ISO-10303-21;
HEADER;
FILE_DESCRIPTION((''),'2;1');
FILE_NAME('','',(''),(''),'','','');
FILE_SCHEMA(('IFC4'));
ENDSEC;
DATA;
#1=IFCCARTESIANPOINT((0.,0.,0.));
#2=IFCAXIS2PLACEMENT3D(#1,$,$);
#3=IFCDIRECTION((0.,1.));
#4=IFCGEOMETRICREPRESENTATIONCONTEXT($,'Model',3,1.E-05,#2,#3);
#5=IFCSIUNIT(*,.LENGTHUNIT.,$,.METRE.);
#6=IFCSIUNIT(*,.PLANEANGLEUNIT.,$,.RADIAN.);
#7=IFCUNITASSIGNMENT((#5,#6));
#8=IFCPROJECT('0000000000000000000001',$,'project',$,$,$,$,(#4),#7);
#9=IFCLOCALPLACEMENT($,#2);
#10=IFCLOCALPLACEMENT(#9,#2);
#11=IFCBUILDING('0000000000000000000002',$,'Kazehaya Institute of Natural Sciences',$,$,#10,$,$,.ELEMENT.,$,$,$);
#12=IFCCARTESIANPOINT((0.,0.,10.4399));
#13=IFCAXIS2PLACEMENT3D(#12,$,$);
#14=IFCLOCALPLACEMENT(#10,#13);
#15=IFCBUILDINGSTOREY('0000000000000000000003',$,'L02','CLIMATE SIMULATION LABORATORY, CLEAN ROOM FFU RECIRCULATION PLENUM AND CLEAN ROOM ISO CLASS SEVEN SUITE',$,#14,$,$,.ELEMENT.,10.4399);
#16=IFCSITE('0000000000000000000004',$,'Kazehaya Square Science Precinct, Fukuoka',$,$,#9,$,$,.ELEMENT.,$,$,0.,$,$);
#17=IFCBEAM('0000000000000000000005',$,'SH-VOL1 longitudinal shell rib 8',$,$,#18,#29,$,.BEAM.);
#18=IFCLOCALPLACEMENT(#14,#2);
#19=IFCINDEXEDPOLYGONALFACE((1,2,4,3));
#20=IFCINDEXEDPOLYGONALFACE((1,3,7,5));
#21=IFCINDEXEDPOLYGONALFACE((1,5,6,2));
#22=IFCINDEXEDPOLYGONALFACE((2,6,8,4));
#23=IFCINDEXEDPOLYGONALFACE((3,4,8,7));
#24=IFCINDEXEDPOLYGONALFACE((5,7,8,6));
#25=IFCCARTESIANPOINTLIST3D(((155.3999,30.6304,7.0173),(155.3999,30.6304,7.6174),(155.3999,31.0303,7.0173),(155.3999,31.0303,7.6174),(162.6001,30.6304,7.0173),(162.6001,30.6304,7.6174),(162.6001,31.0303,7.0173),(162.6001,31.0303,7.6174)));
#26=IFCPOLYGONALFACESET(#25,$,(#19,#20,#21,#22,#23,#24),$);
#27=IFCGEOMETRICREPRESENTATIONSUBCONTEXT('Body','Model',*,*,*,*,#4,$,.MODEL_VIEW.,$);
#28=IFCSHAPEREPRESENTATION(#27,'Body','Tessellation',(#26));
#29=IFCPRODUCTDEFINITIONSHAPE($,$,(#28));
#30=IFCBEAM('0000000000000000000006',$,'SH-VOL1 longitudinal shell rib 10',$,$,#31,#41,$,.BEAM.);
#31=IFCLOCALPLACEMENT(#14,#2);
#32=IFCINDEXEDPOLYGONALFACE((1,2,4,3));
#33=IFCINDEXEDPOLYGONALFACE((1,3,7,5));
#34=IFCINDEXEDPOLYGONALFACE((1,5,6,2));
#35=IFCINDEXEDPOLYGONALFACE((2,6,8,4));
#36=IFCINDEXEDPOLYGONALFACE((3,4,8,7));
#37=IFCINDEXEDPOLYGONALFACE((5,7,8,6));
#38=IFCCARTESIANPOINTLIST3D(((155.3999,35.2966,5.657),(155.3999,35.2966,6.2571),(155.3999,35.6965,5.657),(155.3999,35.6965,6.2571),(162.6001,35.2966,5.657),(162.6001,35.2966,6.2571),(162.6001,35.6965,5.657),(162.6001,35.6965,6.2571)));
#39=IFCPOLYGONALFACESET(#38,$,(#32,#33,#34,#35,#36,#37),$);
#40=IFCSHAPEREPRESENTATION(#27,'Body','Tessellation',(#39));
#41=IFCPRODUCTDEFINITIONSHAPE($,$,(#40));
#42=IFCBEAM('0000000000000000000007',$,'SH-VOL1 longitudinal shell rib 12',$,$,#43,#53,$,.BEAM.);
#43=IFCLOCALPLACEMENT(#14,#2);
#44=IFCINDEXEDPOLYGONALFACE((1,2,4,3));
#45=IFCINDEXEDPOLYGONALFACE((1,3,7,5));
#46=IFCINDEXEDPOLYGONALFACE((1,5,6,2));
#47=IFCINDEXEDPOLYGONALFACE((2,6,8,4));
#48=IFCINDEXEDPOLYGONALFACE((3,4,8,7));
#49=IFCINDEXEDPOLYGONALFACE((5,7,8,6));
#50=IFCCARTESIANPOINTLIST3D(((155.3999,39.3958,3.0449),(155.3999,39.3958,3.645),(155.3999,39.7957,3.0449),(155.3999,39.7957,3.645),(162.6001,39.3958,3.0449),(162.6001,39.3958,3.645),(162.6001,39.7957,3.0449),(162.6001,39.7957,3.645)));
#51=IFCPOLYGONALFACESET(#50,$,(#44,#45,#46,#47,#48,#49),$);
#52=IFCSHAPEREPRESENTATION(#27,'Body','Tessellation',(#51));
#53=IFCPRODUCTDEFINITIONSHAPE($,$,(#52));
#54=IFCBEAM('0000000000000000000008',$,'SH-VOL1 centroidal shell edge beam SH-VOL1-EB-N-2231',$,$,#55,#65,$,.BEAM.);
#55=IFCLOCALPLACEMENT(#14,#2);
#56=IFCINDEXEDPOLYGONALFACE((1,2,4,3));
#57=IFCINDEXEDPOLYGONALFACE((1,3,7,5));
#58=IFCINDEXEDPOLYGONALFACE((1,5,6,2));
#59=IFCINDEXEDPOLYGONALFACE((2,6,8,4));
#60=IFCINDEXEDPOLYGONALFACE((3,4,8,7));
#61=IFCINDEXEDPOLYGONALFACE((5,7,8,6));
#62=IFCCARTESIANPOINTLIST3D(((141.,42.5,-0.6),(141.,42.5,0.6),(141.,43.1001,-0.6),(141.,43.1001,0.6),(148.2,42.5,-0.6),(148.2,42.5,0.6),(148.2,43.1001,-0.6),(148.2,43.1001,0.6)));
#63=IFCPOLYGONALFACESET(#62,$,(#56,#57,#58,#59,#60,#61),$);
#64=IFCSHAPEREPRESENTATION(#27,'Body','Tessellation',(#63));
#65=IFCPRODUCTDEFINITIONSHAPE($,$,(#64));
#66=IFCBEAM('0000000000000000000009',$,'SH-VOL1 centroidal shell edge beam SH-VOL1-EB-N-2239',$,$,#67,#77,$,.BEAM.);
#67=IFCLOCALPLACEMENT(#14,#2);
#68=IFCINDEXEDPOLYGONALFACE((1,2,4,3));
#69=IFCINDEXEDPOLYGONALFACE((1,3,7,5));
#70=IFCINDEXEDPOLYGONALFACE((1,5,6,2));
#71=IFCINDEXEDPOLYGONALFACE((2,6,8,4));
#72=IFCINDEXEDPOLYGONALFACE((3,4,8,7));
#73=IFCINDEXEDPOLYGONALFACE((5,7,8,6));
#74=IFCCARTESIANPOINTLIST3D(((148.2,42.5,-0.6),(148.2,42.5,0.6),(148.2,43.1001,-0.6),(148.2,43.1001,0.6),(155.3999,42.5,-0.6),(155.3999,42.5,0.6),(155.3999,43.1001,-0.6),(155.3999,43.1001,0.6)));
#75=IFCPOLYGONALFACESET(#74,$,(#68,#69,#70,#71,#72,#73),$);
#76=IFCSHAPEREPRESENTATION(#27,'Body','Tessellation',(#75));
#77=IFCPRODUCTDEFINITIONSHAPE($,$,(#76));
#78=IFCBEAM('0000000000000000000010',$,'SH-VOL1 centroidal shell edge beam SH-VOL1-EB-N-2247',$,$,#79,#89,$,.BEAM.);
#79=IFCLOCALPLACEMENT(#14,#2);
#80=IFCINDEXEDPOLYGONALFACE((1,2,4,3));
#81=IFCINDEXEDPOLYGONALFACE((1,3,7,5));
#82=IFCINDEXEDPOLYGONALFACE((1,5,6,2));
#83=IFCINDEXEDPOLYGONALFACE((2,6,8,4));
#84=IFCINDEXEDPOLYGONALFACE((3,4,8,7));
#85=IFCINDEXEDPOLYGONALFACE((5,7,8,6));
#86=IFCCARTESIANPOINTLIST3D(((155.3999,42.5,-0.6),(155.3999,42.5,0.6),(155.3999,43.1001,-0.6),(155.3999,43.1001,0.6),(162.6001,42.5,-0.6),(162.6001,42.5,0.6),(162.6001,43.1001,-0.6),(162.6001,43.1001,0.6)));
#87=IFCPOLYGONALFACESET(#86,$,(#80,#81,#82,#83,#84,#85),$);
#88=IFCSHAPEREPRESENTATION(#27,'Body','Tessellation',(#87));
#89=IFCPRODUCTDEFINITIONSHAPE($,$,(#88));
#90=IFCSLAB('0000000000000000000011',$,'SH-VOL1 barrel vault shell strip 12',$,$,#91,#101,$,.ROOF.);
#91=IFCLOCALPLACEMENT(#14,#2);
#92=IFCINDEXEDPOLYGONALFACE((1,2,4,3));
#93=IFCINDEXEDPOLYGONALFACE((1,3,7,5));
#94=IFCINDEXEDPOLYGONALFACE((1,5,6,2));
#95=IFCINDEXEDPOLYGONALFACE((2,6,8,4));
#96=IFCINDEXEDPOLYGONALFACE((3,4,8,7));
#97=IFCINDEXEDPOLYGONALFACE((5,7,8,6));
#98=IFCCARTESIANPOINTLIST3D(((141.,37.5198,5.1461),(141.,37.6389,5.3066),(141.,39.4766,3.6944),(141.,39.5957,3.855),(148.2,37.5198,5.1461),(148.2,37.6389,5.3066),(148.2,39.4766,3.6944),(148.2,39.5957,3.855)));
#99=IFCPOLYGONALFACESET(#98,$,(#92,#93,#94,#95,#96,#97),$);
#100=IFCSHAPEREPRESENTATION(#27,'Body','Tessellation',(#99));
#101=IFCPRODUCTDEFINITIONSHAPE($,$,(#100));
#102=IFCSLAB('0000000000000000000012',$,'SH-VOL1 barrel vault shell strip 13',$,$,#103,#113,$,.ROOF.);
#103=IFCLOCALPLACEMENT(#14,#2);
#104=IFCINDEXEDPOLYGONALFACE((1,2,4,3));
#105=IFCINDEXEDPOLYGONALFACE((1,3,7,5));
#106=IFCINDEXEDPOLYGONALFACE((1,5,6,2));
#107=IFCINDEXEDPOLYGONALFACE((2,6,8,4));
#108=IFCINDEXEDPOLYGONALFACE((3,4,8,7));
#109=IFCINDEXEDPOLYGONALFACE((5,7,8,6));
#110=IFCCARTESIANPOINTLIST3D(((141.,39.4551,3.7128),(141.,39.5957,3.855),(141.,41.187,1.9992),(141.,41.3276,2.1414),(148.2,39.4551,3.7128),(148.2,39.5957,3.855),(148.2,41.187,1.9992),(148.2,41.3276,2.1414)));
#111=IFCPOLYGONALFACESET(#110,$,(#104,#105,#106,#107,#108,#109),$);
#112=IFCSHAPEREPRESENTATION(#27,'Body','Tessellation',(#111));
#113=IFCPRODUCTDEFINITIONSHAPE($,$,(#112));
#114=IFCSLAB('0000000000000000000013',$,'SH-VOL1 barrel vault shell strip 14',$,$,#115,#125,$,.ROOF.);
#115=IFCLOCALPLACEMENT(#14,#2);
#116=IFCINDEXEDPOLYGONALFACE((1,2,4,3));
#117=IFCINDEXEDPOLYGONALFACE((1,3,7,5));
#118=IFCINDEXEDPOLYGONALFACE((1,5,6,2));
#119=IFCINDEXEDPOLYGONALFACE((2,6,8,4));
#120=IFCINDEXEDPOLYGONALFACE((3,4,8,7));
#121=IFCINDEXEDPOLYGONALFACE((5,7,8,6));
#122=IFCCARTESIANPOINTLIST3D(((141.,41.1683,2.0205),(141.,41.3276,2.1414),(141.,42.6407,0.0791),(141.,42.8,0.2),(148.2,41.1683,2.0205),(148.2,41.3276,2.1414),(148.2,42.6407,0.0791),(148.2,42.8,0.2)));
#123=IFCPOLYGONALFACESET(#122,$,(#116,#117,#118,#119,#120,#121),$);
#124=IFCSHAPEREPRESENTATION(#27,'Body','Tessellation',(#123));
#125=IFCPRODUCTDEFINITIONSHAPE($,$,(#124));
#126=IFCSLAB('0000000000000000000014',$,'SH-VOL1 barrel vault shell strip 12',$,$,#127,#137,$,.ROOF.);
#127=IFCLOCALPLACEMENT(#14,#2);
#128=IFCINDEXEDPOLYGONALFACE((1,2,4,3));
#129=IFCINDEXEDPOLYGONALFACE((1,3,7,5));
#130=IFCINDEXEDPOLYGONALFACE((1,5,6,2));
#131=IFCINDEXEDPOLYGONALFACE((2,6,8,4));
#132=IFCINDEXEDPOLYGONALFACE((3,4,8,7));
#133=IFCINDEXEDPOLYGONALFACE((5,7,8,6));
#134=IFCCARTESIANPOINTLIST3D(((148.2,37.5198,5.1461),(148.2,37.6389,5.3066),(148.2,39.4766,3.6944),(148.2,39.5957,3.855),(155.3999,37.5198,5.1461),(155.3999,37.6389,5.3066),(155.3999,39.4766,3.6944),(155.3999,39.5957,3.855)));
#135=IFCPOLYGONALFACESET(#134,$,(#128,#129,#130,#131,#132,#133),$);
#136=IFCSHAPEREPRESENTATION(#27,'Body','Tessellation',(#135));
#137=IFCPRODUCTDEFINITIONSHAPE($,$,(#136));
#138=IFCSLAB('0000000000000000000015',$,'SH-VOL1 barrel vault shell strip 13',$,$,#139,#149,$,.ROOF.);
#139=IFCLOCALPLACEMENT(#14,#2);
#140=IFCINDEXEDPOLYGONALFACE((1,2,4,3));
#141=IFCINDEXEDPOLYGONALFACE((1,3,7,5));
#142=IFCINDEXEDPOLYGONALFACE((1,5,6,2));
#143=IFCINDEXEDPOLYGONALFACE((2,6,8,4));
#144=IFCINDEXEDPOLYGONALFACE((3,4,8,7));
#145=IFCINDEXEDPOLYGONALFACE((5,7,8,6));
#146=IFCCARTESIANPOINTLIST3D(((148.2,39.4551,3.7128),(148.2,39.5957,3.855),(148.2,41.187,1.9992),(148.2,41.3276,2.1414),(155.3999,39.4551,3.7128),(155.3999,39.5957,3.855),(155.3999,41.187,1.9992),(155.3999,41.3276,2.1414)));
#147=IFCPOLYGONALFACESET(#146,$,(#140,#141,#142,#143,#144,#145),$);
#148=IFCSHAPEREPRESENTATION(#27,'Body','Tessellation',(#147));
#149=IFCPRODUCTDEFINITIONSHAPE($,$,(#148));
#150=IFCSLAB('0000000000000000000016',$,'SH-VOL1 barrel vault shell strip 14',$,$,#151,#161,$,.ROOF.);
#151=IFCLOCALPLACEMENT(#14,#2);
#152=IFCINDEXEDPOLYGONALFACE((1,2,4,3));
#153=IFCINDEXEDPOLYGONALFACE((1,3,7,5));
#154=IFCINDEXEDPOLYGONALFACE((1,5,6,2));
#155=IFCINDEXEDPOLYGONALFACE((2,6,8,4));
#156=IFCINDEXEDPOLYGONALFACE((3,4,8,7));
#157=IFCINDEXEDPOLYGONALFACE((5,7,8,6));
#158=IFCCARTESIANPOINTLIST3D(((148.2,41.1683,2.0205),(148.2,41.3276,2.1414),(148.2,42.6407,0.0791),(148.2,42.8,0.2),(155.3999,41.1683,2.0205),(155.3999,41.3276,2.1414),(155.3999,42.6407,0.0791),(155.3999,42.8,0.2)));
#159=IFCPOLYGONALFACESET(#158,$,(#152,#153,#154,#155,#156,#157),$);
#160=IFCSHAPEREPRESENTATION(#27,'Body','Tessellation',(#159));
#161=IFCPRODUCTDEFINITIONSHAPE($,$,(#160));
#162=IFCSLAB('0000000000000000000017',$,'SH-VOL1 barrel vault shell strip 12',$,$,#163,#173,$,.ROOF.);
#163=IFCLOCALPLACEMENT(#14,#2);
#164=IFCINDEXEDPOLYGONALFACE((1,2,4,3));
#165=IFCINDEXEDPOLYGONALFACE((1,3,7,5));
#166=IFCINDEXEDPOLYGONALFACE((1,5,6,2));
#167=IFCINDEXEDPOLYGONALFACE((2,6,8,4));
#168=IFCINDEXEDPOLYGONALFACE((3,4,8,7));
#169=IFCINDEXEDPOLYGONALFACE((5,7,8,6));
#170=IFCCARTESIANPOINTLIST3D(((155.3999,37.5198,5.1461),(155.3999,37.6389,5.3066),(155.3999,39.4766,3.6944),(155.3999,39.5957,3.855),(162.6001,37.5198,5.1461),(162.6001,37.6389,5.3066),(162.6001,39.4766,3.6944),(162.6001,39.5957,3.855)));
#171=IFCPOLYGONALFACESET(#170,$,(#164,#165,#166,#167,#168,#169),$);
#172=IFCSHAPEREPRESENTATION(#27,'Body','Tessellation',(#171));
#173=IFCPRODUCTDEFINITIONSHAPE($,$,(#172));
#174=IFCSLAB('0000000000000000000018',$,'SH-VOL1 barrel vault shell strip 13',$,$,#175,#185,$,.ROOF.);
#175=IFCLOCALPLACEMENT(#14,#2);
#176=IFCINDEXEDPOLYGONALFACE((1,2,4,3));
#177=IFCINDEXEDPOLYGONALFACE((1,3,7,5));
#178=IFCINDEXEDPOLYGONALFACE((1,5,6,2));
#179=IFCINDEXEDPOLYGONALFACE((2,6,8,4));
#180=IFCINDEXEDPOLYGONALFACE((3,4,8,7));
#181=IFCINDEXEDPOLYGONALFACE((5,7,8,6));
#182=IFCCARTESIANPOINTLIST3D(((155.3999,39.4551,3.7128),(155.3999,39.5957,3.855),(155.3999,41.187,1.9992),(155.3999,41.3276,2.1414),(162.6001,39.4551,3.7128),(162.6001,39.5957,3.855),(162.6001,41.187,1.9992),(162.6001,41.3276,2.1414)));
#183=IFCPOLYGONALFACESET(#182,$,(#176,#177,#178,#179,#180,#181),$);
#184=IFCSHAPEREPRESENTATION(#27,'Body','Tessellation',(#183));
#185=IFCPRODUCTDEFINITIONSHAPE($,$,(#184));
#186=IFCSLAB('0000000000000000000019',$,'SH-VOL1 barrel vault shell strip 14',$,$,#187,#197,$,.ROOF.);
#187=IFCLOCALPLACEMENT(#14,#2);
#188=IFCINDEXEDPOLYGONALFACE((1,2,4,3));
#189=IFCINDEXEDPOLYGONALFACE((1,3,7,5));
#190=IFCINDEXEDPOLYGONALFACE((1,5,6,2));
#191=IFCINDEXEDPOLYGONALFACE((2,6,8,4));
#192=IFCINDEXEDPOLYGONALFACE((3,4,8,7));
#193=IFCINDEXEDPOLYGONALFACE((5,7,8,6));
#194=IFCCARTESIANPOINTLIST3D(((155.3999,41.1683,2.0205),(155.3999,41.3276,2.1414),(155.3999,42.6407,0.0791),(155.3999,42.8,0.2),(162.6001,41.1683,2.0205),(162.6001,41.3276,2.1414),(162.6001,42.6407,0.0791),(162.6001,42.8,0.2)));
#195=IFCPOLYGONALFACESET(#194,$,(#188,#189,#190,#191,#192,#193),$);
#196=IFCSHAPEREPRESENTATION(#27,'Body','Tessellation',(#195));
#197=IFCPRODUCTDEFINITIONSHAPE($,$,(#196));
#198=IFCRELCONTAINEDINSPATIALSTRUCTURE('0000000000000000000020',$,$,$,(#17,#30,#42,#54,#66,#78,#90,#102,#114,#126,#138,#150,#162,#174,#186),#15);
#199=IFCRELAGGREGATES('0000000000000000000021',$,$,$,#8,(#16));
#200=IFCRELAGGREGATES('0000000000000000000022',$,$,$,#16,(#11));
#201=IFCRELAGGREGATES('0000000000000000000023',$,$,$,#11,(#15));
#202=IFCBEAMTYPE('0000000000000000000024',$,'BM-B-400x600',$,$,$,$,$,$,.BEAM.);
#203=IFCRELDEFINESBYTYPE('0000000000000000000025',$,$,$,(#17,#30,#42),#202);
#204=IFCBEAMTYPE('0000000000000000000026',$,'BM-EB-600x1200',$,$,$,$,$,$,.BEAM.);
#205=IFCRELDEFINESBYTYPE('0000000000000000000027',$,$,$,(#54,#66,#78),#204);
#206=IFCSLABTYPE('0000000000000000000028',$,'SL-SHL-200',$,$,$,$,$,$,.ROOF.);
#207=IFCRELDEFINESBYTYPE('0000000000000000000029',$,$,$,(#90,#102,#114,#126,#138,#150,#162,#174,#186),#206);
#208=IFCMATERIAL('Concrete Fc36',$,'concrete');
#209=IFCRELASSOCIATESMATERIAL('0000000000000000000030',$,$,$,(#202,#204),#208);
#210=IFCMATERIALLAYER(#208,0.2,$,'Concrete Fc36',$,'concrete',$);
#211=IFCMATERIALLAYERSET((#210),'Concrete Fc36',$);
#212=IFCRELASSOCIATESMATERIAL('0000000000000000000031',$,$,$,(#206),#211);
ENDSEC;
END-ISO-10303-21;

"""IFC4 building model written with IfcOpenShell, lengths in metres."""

from ifc_helpers import new_model, si_unit, direction, frame, origin, origin_2d, place, context, subcontext, project, spatial, polyline, rectangle, outline, extrude, material, layer, layer_set, material_profile, profile_set, type_object, element, save


model = new_model("IFC4")

# Units and contexts
model_context = context("Model", 3, precision=1e-05, world=origin(), true_north=direction((0.0, 1.0)))
body_context = subcontext(model_context, "Body", "Model", "MODEL_VIEW")
ifc_project = project(units=[si_unit("LENGTHUNIT", "METRE"), si_unit("PLANEANGLEUNIT", "RADIAN")], contexts=[model_context])

# Site, building, storey
site_placement = place(None, origin())
site = spatial("IfcSite", under=ifc_project, at=site_placement, Name="Kazehaya Square Science Precinct, Fukuoka", CompositionType="ELEMENT", RefElevation=0.0)
building_placement = place(site_placement, origin())
building = spatial("IfcBuilding", under=site, at=building_placement, Name="Kazehaya Institute of Natural Sciences", CompositionType="ELEMENT")
storey_placement = place(building_placement, frame((0.0, 0.0, 10.4399)))
storey = spatial("IfcBuildingStorey", under=building, at=storey_placement, Name="L02", Description="CLIMATE SIMULATION LABORATORY, CLEAN ROOM FFU RECIRCULATION PLENUM AND CLEAN ROOM ISO CLASS SEVEN SUITE", CompositionType="ELEMENT", Elevation=10.4399)

# Beams
ifc_material = material(Name="Concrete Fc36", Category="concrete")
ifc_material_profile_1 = material_profile(ifc_material, rectangle(XDim=0.3999, YDim=0.6001, at=origin_2d()), Name="RC-400x600")
ifc_profile_set_1 = profile_set([ifc_material_profile_1], Name="Concrete Fc36")
beam_type_1 = type_object("IfcBeamType", Name="BM-B-400x600", PredefinedType="BEAM", material=ifc_profile_set_1)
for number, where, z_axis, x_axis, name in (
    (1, (155.3999, 30.8303, 7.3174), (1.0, 0.0, 0.0), (0.0, 1.0, 0.0), "SH-VOL1 longitudinal shell rib 8"),
    (2, (155.3999, 35.4966, 5.957), (1.0, 0.0, 0.0), (0.0, 1.0, 0.0), "SH-VOL1 longitudinal shell rib 10"),
    (3, (155.3999, 39.5957, 3.345), (1.0, 0.0, 0.0), (0.0, 1.0, 0.0), "SH-VOL1 longitudinal shell rib 12"),
):
    element("IfcBeam", number, at=place(storey_placement, frame(where, z_axis=z_axis, x_axis=x_axis)), inside=storey, type_object=beam_type_1, Name=name, PredefinedType="BEAM", context=body_context, shape_type="SweptSolid", body=[
        extrude(rectangle(XDim=0.3999, YDim=0.6001, at=origin_2d()), origin(), (0.0, 0.0, 1.0), 7.2002),
    ])
ifc_material_profile_2 = material_profile(ifc_material, rectangle(XDim=0.6001, YDim=1.2, at=origin_2d()), Name="RC-600x1200")
ifc_profile_set_2 = profile_set([ifc_material_profile_2], Name="Concrete Fc36")
beam_type_2 = type_object("IfcBeamType", Name="BM-EB-600x1200", PredefinedType="BEAM", material=ifc_profile_set_2)
for number, where, z_axis, x_axis, name in (
    (4, (141.0, 42.8, 0.0), (1.0, 0.0, 0.0), (0.0, 1.0, 0.0), "SH-VOL1 centroidal shell edge beam SH-VOL1-EB-N-2231"),
    (5, (148.2, 42.8, 0.0), (1.0, 0.0, 0.0), (0.0, 1.0, 0.0), "SH-VOL1 centroidal shell edge beam SH-VOL1-EB-N-2239"),
):
    element("IfcBeam", number, at=place(storey_placement, frame(where, z_axis=z_axis, x_axis=x_axis)), inside=storey, type_object=beam_type_2, Name=name, PredefinedType="BEAM", context=body_context, shape_type="SweptSolid", body=[
        extrude(rectangle(XDim=0.6001, YDim=1.2, at=origin_2d()), origin(), (0.0, 0.0, 1.0), 7.2),
    ])
beam_1_placement = place(storey_placement, frame((155.3999, 42.8, 0.0), z_axis=(1.0, 0.0, 0.0), x_axis=(0.0, 1.0, 0.0)))
element("IfcBeam", 6, at=beam_1_placement, inside=storey, type_object=beam_type_2, Name="SH-VOL1 centroidal shell edge beam SH-VOL1-EB-N-2247", PredefinedType="BEAM", context=body_context, shape_type="SweptSolid", body=[
    extrude(rectangle(XDim=0.6001, YDim=1.2, at=origin_2d()), origin(), (0.0, 0.0, 1.0), 7.2002),
])

# Slabs
ifc_layer = layer(ifc_material, 0.2, Name="Concrete Fc36", Category="concrete")
ifc_layer_set = layer_set([ifc_layer], Name="Concrete Fc36")
slab_type = type_object("IfcSlabType", Name="SL-SHL-200", PredefinedType="ROOF", material=ifc_layer_set)
slab_1_placement = place(storey_placement, frame((141.0, 37.6389, 5.3066), z_axis=(0.0, 0.595807, 0.803127), x_axis=(1.0, 0.0, 0.0)))
element("IfcSlab", 7, at=slab_1_placement, inside=storey, type_object=slab_type, Name="SH-VOL1 barrel vault shell strip 12", PredefinedType="ROOF", context=body_context, shape_type="SweptSolid", body=[
    extrude(outline(polyline([(0.0, 0.0), (7.2, 0.0), (7.2, 2.4365), (0.0, 2.4365), (0.0, 0.0)])), origin(), (0.0, 0.0, -1.0), 0.2),
])
slab_2_placement = place(storey_placement, frame((141.0, 39.5957, 3.855), z_axis=(0.0, 0.703339, 0.710854), x_axis=(1.0, 0.0, 0.0)))
element("IfcSlab", 8, at=slab_2_placement, inside=storey, type_object=slab_type, Name="SH-VOL1 barrel vault shell strip 13", PredefinedType="ROOF", context=body_context, shape_type="SweptSolid", body=[
    extrude(outline(polyline([(0.0, 0.0), (7.2, 0.0), (7.2, 2.4364), (0.0, 2.4364), (0.0, 0.0)])), origin(), (0.0, 0.0, -1.0), 0.2),
])
slab_3_placement = place(storey_placement, frame((141.0, 41.3276, 2.1414), z_axis=(0.0, 0.796766, 0.604288), x_axis=(1.0, 0.0, 0.0)))
element("IfcSlab", 9, at=slab_3_placement, inside=storey, type_object=slab_type, Name="SH-VOL1 barrel vault shell strip 14", PredefinedType="ROOF", context=body_context, shape_type="SweptSolid", body=[
    extrude(outline(polyline([(0.0, 0.0), (7.2, 0.0), (7.2, 2.4366), (0.0, 2.4366), (0.0, 0.0)])), origin(), (0.0, 0.0, -1.0), 0.2),
])
slab_4_placement = place(storey_placement, frame((148.2, 37.6389, 5.3066), z_axis=(0.0, 0.595807, 0.803127), x_axis=(1.0, 0.0, 0.0)))
element("IfcSlab", 10, at=slab_4_placement, inside=storey, type_object=slab_type, Name="SH-VOL1 barrel vault shell strip 12", PredefinedType="ROOF", context=body_context, shape_type="SweptSolid", body=[
    extrude(outline(polyline([(0.0, 0.0), (7.2, 0.0), (7.2, 2.4365), (0.0, 2.4365), (0.0, 0.0)])), origin(), (0.0, 0.0, -1.0), 0.2),
])
slab_5_placement = place(storey_placement, frame((148.2, 39.5957, 3.855), z_axis=(0.0, 0.703339, 0.710854), x_axis=(1.0, 0.0, 0.0)))
element("IfcSlab", 11, at=slab_5_placement, inside=storey, type_object=slab_type, Name="SH-VOL1 barrel vault shell strip 13", PredefinedType="ROOF", context=body_context, shape_type="SweptSolid", body=[
    extrude(outline(polyline([(0.0, 0.0), (7.2, 0.0), (7.2, 2.4364), (0.0, 2.4364), (0.0, 0.0)])), origin(), (0.0, 0.0, -1.0), 0.2),
])
slab_6_placement = place(storey_placement, frame((148.2, 41.3276, 2.1414), z_axis=(0.0, 0.796766, 0.604288), x_axis=(1.0, 0.0, 0.0)))
element("IfcSlab", 12, at=slab_6_placement, inside=storey, type_object=slab_type, Name="SH-VOL1 barrel vault shell strip 14", PredefinedType="ROOF", context=body_context, shape_type="SweptSolid", body=[
    extrude(outline(polyline([(0.0, 0.0), (7.2, 0.0), (7.2, 2.4366), (0.0, 2.4366), (0.0, 0.0)])), origin(), (0.0, 0.0, -1.0), 0.2),
])
slab_7_placement = place(storey_placement, frame((155.3999, 37.6389, 5.3066), z_axis=(0.0, 0.595807, 0.803127), x_axis=(1.0, 0.0, 0.0)))
element("IfcSlab", 13, at=slab_7_placement, inside=storey, type_object=slab_type, Name="SH-VOL1 barrel vault shell strip 12", PredefinedType="ROOF", context=body_context, shape_type="SweptSolid", body=[
    extrude(outline(polyline([(0.0, 0.0), (7.2002, 0.0), (7.2002, 2.4365), (0.0, 2.4365), (0.0, 0.0)])), origin(), (0.0, 0.0, -1.0), 0.2),
])
slab_8_placement = place(storey_placement, frame((155.3999, 39.5957, 3.855), z_axis=(0.0, 0.703339, 0.710854), x_axis=(1.0, 0.0, 0.0)))
element("IfcSlab", 14, at=slab_8_placement, inside=storey, type_object=slab_type, Name="SH-VOL1 barrel vault shell strip 13", PredefinedType="ROOF", context=body_context, shape_type="SweptSolid", body=[
    extrude(outline(polyline([(0.0, 0.0), (7.2002, 0.0), (7.2002, 2.4364), (0.0, 2.4364), (0.0, 0.0)])), origin(), (0.0, 0.0, -1.0), 0.2),
])
slab_9_placement = place(storey_placement, frame((155.3999, 41.3276, 2.1414), z_axis=(0.0, 0.796766, 0.604288), x_axis=(1.0, 0.0, 0.0)))
element("IfcSlab", 15, at=slab_9_placement, inside=storey, type_object=slab_type, Name="SH-VOL1 barrel vault shell strip 14", PredefinedType="ROOF", context=body_context, shape_type="SweptSolid", body=[
    extrude(outline(polyline([(0.0, 0.0), (7.2002, 0.0), (7.2002, 2.4366), (0.0, 2.4366), (0.0, 0.0)])), origin(), (0.0, 0.0, -1.0), 0.2),
])

save(model, "model.ifc")
